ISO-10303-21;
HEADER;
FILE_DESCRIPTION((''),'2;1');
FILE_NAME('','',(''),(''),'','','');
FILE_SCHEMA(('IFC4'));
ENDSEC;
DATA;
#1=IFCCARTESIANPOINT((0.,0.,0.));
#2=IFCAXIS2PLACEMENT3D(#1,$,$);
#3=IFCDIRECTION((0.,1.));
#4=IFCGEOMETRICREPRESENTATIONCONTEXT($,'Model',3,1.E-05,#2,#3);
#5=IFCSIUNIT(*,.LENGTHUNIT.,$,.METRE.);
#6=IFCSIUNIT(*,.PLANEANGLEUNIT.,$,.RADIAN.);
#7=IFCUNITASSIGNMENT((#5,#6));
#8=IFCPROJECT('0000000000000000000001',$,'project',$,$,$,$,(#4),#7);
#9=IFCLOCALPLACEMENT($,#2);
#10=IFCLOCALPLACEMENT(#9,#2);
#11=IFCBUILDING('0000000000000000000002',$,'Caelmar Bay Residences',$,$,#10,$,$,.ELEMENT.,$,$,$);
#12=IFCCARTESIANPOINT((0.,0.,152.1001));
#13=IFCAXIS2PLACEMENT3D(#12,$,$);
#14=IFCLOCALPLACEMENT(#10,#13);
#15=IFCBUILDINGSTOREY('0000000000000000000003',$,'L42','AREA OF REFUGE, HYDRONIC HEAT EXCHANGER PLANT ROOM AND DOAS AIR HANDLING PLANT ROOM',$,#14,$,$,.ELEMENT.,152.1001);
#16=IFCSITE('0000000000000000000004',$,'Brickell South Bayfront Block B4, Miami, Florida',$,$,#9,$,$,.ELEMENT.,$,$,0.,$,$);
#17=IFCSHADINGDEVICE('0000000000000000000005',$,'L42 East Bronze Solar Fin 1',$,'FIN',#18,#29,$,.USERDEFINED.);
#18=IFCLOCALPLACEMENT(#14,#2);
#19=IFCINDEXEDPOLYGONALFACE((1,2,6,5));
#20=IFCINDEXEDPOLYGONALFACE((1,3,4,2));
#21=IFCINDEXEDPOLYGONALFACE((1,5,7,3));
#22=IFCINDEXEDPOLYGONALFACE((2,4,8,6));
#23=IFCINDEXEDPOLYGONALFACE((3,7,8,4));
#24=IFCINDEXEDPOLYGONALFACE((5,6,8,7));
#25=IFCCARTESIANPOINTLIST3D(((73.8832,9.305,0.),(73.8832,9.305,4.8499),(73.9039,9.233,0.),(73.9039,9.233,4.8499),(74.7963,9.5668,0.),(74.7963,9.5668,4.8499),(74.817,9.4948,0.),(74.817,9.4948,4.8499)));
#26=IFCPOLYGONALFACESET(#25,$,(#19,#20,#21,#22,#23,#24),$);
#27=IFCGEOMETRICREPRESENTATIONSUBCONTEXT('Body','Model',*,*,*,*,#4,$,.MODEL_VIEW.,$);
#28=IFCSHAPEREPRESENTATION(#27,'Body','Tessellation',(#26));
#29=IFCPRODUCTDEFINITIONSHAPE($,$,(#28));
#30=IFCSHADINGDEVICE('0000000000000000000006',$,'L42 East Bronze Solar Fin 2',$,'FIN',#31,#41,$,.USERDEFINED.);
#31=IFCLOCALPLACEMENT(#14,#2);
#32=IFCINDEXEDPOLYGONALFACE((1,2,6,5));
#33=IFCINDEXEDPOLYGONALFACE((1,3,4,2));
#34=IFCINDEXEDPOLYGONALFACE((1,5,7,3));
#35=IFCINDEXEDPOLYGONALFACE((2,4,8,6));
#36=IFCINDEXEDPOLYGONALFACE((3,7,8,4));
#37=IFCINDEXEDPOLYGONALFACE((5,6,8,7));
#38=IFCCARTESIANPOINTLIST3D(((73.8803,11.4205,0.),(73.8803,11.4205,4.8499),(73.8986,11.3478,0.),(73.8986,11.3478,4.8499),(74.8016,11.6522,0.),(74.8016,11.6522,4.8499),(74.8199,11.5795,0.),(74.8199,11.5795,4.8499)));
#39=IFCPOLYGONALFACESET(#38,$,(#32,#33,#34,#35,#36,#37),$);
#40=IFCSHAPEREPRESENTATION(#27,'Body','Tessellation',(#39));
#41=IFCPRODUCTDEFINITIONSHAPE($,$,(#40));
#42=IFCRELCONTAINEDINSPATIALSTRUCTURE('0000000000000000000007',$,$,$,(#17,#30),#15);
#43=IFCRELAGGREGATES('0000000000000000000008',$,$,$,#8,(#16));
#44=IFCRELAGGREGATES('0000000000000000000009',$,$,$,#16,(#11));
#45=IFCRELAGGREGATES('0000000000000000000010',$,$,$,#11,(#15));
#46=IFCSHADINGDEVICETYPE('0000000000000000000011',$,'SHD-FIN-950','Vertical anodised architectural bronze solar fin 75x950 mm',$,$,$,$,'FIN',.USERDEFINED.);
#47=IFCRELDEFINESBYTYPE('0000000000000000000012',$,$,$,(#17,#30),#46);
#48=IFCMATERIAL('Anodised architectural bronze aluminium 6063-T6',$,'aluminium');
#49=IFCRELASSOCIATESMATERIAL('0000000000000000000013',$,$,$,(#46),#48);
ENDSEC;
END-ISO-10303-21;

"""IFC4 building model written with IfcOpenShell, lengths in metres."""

from ifc_helpers import new_model, si_unit, direction, frame, origin, origin_2d, place, context, subcontext, project, spatial, rectangle, extrude, material, material_profile, profile_set, type_object, element, save


model = new_model("IFC4")

# Units and contexts
model_context = context("Model", 3, precision=1e-05, world=origin(), true_north=direction((0.0, 1.0)))
body_context = subcontext(model_context, "Body", "Model", "MODEL_VIEW")
ifc_project = project(units=[si_unit("LENGTHUNIT", "METRE"), si_unit("PLANEANGLEUNIT", "RADIAN")], contexts=[model_context])

# Site, building, storey
site_placement = place(None, origin())
site = spatial("IfcSite", under=ifc_project, at=site_placement, Name="Brickell South Bayfront Block B4, Miami, Florida", CompositionType="ELEMENT", RefElevation=0.0)
building_placement = place(site_placement, origin())
building = spatial("IfcBuilding", under=site, at=building_placement, Name="Caelmar Bay Residences", CompositionType="ELEMENT")
storey_placement = place(building_placement, frame((0.0, 0.0, 152.1001)))
storey = spatial("IfcBuildingStorey", under=building, at=storey_placement, Name="L42", Description="AREA OF REFUGE, HYDRONIC HEAT EXCHANGER PLANT ROOM AND DOAS AIR HANDLING PLANT ROOM", CompositionType="ELEMENT", Elevation=152.1001)

# Shading devices
ifc_material_1 = material(Name="Anodised architectural bronze aluminium 6063-T6", Category="aluminium")
ifc_material_profile_1 = material_profile(ifc_material_1, rectangle(XDim=0.075, YDim=0.95, at=origin_2d()), Name="BRONZE-FIN-75X950")
ifc_profile_set_1 = profile_set([ifc_material_profile_1], Name="Anodised architectural bronze aluminium 6063-T6")
shading_device_type = type_object("IfcShadingDeviceType", Name="SHD-FIN-950", Description="Vertical anodised architectural bronze solar fin 75x950 mm", ElementType="FIN", PredefinedType="USERDEFINED", material=ifc_profile_set_1)
for number, where, z_axis, x_axis, name in (
    (1, (74.3501, 9.3999, 0.0), (0.0, 0.0, 1.0), (-0.275637, 0.961262, 0.0), "L42 East Bronze Solar Fin 1"),
    (2, (74.3501, 11.5, 0.0), (0.0, 0.0, 1.0), (-0.243954, 0.969787, 0.0), "L42 East Bronze Solar Fin 2"),
):
    element("IfcShadingDevice", number, at=place(storey_placement, frame(where, z_axis=z_axis, x_axis=x_axis)), inside=storey, type_object=shading_device_type, Name=name, ObjectType="FIN", PredefinedType="USERDEFINED", context=body_context, shape_type="SweptSolid", body=[
        extrude(rectangle(XDim=0.075, YDim=0.95, at=origin_2d()), origin(), (0.0, 0.0, 1.0), 4.8499),
    ])

save(model, "model.ifc")
